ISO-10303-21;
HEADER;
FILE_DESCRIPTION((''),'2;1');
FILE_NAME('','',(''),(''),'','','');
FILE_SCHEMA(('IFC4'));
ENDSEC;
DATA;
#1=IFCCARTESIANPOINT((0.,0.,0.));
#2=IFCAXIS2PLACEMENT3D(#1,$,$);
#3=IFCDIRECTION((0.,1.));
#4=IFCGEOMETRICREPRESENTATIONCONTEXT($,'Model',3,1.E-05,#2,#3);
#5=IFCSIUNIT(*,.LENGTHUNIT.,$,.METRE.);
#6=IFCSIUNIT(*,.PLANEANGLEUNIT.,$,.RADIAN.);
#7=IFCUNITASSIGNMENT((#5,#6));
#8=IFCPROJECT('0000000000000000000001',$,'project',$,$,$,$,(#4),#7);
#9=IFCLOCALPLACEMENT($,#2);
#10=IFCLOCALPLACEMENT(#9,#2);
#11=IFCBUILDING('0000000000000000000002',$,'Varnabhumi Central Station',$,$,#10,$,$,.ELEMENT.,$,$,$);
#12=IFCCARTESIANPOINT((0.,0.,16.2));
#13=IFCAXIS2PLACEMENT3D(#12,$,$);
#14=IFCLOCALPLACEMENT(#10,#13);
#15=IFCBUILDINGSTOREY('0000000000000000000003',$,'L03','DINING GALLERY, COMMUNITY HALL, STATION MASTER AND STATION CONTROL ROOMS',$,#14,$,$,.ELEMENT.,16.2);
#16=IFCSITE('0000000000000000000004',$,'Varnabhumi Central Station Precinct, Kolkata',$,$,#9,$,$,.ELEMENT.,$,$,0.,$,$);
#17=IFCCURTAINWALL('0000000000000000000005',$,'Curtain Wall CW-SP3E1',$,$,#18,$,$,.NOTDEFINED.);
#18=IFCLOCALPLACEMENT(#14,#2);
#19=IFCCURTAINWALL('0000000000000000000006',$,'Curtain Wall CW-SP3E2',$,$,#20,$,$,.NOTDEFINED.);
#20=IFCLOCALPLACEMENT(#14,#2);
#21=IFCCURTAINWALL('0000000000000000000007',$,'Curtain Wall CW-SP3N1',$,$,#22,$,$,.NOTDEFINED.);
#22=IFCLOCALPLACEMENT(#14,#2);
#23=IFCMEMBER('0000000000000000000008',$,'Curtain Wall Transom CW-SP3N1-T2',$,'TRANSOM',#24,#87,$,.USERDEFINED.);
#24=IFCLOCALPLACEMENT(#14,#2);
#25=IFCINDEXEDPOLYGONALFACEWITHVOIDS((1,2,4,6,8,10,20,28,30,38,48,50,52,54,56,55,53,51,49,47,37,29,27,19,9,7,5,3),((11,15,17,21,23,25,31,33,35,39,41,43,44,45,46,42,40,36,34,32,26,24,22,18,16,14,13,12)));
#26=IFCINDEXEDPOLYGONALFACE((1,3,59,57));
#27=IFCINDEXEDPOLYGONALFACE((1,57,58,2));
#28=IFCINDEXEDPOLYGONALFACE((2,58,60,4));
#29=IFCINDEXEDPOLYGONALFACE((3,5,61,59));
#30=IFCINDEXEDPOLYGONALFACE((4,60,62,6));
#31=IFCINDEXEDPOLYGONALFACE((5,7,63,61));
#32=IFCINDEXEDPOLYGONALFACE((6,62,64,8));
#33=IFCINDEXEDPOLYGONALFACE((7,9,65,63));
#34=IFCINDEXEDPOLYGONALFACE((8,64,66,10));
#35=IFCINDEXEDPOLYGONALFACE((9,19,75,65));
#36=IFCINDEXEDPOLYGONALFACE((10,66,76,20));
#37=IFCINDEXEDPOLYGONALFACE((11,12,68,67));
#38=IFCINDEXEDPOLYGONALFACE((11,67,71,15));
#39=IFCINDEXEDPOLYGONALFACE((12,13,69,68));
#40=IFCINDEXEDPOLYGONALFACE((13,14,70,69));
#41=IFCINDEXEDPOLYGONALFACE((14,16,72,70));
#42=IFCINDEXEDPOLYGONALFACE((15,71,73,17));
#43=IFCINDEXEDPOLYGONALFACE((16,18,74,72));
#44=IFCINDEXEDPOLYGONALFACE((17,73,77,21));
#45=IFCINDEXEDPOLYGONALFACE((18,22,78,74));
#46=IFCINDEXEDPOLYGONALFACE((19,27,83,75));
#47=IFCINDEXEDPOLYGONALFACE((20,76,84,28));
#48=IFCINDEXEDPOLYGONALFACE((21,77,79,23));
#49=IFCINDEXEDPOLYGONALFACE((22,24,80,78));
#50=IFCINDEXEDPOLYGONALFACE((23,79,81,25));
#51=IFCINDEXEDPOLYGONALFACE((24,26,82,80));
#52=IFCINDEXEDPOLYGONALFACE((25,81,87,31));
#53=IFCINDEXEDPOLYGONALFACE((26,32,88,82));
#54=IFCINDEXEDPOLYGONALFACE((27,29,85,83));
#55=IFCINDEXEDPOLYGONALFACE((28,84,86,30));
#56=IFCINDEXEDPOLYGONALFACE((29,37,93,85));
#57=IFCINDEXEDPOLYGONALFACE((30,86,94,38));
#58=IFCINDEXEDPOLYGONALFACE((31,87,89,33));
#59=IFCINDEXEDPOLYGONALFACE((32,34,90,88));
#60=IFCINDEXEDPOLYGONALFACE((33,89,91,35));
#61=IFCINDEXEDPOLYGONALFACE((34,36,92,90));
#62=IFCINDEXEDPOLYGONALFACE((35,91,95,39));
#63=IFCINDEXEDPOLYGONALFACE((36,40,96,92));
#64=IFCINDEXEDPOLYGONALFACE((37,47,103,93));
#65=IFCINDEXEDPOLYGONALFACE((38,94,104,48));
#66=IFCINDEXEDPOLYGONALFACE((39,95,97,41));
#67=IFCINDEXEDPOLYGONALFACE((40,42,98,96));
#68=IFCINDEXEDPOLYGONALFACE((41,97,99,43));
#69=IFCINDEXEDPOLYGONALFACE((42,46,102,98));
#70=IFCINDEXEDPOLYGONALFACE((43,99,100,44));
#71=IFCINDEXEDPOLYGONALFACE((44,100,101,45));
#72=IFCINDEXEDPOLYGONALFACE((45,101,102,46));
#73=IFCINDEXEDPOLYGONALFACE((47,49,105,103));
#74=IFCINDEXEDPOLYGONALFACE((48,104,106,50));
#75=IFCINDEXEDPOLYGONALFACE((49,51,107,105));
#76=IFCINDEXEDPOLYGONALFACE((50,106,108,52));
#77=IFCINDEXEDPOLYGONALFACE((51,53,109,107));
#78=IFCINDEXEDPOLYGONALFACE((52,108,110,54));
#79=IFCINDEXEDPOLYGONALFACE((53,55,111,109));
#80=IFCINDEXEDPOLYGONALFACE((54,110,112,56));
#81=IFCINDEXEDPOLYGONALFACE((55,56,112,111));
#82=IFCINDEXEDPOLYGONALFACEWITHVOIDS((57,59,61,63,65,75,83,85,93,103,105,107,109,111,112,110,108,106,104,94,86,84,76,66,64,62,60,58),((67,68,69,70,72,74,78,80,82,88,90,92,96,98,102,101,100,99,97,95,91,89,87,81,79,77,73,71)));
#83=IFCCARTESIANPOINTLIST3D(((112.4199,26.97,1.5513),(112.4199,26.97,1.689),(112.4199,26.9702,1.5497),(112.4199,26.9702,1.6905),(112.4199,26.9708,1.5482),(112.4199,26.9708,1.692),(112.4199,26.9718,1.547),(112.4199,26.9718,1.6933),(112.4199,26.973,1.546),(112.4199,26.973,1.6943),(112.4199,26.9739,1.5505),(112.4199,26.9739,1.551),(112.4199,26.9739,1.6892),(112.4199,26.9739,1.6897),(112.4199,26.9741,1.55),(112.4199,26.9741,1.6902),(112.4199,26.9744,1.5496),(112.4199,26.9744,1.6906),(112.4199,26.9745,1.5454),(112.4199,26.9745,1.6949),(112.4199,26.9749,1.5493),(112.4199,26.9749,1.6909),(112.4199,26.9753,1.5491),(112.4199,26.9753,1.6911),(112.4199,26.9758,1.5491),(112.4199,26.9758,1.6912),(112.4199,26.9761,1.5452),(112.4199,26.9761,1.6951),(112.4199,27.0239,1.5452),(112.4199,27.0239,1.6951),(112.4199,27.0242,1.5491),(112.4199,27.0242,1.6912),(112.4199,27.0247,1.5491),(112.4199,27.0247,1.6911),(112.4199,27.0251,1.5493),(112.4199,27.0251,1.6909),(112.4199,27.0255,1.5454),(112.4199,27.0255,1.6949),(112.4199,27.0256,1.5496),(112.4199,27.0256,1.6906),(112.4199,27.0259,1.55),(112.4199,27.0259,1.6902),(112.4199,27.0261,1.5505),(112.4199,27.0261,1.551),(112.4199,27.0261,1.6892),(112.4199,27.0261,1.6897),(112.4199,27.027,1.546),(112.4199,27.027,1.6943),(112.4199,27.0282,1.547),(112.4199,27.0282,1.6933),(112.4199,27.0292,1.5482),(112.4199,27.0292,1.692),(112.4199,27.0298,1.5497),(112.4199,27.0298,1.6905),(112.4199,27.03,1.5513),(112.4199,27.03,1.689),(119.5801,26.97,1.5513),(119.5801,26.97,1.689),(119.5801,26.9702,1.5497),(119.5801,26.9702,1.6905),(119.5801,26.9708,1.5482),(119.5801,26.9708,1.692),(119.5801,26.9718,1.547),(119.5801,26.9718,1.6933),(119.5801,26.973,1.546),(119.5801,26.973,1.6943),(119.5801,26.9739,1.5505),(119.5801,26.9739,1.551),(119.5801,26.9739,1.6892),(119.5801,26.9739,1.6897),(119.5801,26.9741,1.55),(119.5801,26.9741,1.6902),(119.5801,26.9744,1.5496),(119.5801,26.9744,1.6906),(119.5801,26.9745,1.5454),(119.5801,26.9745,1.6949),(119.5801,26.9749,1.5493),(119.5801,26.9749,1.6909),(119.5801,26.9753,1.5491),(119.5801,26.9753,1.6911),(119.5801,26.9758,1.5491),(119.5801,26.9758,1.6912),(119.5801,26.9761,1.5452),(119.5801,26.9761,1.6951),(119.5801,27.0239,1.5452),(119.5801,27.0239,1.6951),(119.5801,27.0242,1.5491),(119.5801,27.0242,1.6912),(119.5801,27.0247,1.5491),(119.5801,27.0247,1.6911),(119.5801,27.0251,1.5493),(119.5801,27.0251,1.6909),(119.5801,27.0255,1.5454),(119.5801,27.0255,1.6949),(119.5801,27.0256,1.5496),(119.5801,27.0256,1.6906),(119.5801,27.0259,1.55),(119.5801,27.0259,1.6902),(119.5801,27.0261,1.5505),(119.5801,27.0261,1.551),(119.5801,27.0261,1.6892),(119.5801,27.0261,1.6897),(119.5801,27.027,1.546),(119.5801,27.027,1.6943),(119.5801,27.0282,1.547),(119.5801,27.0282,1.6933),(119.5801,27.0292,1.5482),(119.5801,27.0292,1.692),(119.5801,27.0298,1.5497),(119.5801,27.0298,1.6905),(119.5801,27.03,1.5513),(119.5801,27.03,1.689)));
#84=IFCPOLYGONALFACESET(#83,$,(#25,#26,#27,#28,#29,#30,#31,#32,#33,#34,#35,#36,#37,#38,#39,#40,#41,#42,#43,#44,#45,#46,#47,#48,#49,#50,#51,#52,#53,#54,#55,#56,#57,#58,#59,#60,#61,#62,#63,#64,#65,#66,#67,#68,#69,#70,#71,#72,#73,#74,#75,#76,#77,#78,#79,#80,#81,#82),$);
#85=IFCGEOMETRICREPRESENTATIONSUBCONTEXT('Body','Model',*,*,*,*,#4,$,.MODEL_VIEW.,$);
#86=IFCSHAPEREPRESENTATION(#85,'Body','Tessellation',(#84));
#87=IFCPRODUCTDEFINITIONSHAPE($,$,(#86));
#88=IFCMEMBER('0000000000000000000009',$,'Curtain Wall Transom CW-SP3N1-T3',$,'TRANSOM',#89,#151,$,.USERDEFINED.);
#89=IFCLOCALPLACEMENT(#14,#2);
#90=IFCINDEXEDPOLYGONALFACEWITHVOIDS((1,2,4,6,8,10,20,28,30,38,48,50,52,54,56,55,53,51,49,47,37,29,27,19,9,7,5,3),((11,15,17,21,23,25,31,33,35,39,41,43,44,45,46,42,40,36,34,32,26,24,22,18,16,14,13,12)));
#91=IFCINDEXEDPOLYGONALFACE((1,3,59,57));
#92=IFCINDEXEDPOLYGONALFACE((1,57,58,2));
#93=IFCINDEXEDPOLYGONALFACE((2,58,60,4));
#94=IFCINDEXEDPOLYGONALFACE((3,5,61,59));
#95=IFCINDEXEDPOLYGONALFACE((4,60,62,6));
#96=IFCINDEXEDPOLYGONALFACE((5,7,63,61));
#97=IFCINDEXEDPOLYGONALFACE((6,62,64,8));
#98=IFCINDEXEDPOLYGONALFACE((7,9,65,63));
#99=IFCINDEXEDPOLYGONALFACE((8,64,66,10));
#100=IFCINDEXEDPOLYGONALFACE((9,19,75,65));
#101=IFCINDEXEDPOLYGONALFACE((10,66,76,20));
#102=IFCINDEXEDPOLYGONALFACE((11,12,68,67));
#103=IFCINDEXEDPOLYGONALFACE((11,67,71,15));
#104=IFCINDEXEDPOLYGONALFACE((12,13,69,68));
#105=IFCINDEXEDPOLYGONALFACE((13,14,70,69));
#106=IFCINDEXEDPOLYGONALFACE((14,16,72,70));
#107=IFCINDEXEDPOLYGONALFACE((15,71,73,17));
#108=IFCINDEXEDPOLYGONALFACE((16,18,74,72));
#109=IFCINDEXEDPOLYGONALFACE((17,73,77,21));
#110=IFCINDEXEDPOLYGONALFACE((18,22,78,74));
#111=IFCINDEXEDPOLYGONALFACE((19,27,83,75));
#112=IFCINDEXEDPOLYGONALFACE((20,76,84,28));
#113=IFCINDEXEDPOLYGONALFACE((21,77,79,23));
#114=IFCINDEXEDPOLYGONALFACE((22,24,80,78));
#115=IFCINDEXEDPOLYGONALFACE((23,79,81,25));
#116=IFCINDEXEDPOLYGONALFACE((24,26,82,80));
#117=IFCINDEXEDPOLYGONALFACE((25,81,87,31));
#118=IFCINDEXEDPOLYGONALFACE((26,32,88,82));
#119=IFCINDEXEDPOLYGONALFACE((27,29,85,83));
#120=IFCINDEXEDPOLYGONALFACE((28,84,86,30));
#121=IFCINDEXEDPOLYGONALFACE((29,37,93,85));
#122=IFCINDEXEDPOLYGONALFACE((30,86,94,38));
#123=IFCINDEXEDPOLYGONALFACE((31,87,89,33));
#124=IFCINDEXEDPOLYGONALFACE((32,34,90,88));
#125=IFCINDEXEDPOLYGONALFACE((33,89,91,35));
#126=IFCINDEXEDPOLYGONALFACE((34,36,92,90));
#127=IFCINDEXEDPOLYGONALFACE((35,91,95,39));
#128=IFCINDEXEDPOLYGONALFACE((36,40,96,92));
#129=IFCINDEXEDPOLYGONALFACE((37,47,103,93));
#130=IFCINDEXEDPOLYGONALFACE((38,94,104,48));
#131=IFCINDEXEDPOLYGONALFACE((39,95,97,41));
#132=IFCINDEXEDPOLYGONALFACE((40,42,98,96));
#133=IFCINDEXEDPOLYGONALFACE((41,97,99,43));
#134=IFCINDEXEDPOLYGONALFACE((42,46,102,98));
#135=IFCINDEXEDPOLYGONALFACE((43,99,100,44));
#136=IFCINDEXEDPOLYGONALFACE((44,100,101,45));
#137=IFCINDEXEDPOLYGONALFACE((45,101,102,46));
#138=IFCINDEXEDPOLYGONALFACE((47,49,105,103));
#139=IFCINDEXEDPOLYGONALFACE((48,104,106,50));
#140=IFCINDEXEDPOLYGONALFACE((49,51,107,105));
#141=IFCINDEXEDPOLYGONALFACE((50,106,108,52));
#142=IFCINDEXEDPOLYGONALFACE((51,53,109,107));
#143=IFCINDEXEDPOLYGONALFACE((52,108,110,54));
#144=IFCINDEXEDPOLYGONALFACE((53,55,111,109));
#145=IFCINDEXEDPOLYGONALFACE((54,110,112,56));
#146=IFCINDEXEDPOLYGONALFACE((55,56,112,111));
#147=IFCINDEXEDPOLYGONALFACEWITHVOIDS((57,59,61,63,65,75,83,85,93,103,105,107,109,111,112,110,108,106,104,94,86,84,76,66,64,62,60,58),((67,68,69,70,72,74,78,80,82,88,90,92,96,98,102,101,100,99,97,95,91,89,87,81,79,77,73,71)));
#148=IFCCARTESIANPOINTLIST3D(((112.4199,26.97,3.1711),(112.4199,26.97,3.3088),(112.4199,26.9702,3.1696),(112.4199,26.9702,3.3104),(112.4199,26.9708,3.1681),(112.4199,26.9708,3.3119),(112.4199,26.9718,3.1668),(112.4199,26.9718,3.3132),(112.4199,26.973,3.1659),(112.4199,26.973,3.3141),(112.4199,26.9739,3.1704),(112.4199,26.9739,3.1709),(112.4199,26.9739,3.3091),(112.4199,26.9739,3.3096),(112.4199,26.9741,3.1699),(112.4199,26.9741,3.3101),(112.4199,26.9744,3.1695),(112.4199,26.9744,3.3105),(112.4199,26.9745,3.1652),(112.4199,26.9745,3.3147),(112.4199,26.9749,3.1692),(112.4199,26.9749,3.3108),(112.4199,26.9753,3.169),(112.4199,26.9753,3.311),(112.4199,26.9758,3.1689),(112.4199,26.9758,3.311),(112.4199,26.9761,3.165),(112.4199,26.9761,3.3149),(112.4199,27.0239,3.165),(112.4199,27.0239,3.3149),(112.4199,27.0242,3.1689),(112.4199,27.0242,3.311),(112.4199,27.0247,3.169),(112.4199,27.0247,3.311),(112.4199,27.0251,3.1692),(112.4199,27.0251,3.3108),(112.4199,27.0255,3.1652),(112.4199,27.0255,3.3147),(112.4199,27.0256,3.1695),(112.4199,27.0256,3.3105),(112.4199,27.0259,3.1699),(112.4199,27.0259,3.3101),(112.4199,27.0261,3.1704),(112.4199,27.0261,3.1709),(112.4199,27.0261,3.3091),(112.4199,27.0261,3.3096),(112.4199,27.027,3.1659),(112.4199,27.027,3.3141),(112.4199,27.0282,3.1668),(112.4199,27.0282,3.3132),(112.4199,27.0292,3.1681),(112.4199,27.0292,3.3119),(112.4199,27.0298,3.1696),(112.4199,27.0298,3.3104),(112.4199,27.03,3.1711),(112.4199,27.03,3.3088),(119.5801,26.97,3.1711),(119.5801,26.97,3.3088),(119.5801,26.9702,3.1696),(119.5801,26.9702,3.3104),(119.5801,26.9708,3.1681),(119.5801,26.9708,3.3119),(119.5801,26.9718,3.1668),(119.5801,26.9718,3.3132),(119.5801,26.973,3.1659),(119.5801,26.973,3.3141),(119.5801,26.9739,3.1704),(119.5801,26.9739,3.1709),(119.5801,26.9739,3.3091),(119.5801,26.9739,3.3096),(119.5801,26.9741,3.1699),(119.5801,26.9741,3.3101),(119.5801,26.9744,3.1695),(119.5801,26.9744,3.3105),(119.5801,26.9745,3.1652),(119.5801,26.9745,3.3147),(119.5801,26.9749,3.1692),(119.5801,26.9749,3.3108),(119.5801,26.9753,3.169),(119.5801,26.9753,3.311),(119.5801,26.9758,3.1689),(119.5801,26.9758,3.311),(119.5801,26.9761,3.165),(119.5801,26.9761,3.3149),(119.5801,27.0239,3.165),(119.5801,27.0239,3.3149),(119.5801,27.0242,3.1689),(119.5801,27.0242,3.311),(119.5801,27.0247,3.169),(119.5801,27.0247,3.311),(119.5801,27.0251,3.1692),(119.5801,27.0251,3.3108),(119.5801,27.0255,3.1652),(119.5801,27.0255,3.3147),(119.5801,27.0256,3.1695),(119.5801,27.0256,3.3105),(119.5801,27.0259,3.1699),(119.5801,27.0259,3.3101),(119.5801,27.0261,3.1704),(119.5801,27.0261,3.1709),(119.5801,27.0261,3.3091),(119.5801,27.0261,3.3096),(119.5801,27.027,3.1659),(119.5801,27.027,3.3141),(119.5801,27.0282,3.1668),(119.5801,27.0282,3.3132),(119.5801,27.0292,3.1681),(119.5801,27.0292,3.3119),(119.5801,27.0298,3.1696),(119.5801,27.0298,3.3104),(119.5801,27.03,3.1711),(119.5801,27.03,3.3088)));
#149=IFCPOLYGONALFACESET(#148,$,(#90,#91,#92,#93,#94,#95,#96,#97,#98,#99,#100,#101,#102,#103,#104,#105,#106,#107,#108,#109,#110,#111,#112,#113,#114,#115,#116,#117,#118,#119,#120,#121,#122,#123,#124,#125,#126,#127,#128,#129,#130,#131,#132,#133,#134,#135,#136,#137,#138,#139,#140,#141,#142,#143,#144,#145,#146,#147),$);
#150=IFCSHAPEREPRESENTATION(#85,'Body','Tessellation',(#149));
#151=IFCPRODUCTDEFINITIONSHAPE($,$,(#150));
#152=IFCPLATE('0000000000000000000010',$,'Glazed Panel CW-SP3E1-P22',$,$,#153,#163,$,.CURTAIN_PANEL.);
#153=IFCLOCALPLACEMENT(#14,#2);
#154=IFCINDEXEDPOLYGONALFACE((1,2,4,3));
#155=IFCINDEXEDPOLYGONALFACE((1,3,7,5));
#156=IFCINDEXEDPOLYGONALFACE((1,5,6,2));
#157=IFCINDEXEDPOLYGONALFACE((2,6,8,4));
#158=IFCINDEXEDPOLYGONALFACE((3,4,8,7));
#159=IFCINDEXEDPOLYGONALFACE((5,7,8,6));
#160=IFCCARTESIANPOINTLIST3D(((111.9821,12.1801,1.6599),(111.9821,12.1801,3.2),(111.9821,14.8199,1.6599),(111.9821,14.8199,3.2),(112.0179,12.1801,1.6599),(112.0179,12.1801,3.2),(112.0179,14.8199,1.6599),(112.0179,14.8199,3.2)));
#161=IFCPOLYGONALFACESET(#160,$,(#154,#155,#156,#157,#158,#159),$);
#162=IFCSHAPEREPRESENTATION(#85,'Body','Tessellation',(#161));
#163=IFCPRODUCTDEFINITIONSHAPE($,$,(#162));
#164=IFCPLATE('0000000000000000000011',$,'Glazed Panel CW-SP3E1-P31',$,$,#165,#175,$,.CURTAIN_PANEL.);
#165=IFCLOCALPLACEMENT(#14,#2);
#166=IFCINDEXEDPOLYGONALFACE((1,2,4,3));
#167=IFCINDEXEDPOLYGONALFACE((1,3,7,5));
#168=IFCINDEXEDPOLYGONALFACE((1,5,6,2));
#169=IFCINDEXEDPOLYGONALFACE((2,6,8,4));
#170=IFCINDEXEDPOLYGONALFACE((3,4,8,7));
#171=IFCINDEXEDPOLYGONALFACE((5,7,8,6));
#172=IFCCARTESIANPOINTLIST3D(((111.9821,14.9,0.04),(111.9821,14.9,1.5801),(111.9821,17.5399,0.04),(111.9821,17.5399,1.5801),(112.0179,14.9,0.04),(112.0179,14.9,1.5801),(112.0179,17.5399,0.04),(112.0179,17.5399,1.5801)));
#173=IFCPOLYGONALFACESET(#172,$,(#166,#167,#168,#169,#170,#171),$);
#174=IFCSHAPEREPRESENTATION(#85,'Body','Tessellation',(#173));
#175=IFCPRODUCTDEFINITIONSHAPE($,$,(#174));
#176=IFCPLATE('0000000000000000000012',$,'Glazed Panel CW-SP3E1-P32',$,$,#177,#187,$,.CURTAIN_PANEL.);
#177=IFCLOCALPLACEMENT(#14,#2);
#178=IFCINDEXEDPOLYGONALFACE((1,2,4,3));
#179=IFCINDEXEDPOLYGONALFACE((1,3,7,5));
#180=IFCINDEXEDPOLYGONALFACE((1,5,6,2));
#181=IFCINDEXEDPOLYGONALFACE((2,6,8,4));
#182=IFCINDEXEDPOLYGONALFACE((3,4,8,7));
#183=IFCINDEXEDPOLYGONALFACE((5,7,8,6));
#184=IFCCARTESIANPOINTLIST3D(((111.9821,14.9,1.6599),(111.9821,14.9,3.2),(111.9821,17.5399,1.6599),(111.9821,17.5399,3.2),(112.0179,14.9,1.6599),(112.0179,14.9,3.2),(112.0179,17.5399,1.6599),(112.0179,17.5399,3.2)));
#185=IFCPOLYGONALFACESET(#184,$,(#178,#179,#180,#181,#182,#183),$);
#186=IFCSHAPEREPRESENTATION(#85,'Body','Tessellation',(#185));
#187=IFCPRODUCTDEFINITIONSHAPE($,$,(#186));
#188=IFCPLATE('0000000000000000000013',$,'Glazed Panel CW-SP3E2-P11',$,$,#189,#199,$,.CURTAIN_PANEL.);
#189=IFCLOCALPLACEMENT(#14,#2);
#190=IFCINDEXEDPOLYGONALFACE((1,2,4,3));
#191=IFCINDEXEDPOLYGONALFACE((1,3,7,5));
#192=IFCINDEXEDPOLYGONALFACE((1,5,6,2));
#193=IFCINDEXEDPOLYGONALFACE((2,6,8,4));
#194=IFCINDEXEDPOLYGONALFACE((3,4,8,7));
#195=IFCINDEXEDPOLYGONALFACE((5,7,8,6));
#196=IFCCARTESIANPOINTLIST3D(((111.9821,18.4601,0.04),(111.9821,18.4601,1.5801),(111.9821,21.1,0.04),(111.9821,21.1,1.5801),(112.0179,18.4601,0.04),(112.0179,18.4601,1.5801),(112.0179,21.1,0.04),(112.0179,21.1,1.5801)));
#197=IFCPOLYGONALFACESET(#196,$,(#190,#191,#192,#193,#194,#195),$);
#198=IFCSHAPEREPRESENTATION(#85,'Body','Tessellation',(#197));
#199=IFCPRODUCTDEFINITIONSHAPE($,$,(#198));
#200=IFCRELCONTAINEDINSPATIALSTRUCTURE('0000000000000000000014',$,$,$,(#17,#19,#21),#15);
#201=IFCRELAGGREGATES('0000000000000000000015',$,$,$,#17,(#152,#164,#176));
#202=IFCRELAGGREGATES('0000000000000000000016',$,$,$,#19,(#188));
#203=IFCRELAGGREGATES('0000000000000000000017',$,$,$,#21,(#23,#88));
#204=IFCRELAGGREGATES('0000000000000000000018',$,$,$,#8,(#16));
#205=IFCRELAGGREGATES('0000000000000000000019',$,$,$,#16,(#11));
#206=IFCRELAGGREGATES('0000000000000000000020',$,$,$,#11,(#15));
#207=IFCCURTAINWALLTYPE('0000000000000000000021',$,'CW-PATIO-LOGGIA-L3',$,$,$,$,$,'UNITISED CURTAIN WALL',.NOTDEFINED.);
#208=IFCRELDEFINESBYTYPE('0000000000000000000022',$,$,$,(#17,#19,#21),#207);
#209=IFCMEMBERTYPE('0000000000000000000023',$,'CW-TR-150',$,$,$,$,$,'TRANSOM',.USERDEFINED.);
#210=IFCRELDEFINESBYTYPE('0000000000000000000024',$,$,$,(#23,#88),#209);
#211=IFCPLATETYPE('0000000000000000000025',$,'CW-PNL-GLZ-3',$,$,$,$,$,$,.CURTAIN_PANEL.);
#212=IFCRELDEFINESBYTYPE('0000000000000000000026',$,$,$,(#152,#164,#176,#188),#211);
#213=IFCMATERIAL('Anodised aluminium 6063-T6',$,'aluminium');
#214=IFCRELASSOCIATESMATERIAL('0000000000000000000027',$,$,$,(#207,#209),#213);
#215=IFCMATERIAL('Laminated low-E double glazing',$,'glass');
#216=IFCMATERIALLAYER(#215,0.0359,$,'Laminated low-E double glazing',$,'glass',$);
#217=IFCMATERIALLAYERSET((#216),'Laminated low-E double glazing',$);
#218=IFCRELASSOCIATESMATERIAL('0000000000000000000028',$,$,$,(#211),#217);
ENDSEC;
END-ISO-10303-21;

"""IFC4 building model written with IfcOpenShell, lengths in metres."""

from ifc_helpers import new_model, si_unit, direction, frame, origin, origin_2d, place, context, subcontext, project, spatial, rectangle, hollow_rectangle, extrude, material, layer, layer_set, material_profile, profile_set, type_object, element, aggregate, save


model = new_model("IFC4")

# Units and contexts
model_context = context("Model", 3, precision=1e-05, world=origin(), true_north=direction((0.0, 1.0)))
body_context = subcontext(model_context, "Body", "Model", "MODEL_VIEW")
ifc_project = project(units=[si_unit("LENGTHUNIT", "METRE"), si_unit("PLANEANGLEUNIT", "RADIAN")], contexts=[model_context])

# Site, building, storey
site_placement = place(None, origin())
site = spatial("IfcSite", under=ifc_project, at=site_placement, Name="Varnabhumi Central Station Precinct, Kolkata", CompositionType="ELEMENT", RefElevation=0.0)
building_placement = place(site_placement, origin())
building = spatial("IfcBuilding", under=site, at=building_placement, Name="Varnabhumi Central Station", CompositionType="ELEMENT")
storey_placement = place(building_placement, frame((0.0, 0.0, 16.2)))
storey = spatial("IfcBuildingStorey", under=building, at=storey_placement, Name="L03", Description="DINING GALLERY, COMMUNITY HALL, STATION MASTER AND STATION CONTROL ROOMS", CompositionType="ELEMENT", Elevation=16.2)

# Curtain walls
ifc_material_1 = material(Name="Anodised aluminium 6063-T6", Category="aluminium")
curtain_wall_type = type_object("IfcCurtainWallType", Name="CW-PATIO-LOGGIA-L3", ElementType="UNITISED CURTAIN WALL", PredefinedType="NOTDEFINED", material=ifc_material_1)
curtain_wall_1_placement = place(storey_placement, origin())
curtain_wall_1 = element("IfcCurtainWall", 1, at=curtain_wall_1_placement, inside=storey, type_object=curtain_wall_type, Name="Curtain Wall CW-SP3E1", PredefinedType="NOTDEFINED")
curtain_wall_2_placement = place(storey_placement, origin())
curtain_wall_2 = element("IfcCurtainWall", 2, at=curtain_wall_2_placement, inside=storey, type_object=curtain_wall_type, Name="Curtain Wall CW-SP3E2", PredefinedType="NOTDEFINED")
curtain_wall_3_placement = place(storey_placement, origin())
curtain_wall_3 = element("IfcCurtainWall", 3, at=curtain_wall_3_placement, inside=storey, type_object=curtain_wall_type, Name="Curtain Wall CW-SP3N1", PredefinedType="NOTDEFINED")

# Members
ifc_material_profile_1 = material_profile(ifc_material_1, hollow_rectangle(XDim=0.0601, YDim=0.1499, WallThickness=0.0039, InnerFilletRadius=0.002, OuterFilletRadius=0.0061, at=origin_2d()), Name="Anodised aluminium 6063-T6", Category="aluminium")
ifc_profile_set_1 = profile_set([ifc_material_profile_1], Name="Anodised aluminium 6063-T6")
member_type_1 = type_object("IfcMemberType", Name="CW-TR-150", ElementType="TRANSOM", PredefinedType="USERDEFINED", material=ifc_profile_set_1)
member_1_placement = place(storey_placement, frame((112.4199, 27.0, 1.6201), z_axis=(1.0, 0.0, 0.0), x_axis=(0.0, 1.0, 0.0)))
member_1 = element("IfcMember", 4, at=member_1_placement, type_object=member_type_1, Name="Curtain Wall Transom CW-SP3N1-T2", ObjectType="TRANSOM", PredefinedType="USERDEFINED", context=body_context, shape_type="SweptSolid", body=[
    extrude(hollow_rectangle(XDim=0.0601, YDim=0.1499, WallThickness=0.0039, InnerFilletRadius=0.002, OuterFilletRadius=0.0061, at=origin_2d()), origin(), (0.0, 0.0, 1.0), 7.1602),
])
member_2_placement = place(storey_placement, frame((112.4199, 27.0, 3.24), z_axis=(1.0, 0.0, 0.0), x_axis=(0.0, 1.0, 0.0)))
member_2 = element("IfcMember", 5, at=member_2_placement, type_object=member_type_1, Name="Curtain Wall Transom CW-SP3N1-T3", ObjectType="TRANSOM", PredefinedType="USERDEFINED", context=body_context, shape_type="SweptSolid", body=[
    extrude(hollow_rectangle(XDim=0.0601, YDim=0.1499, WallThickness=0.0039, InnerFilletRadius=0.002, OuterFilletRadius=0.0061, at=origin_2d()), origin(), (0.0, 0.0, 1.0), 7.1602),
])

# Plates
ifc_material_2 = material(Name="Laminated low-E double glazing", Category="glass")
ifc_layer_1 = layer(ifc_material_2, 0.0359, Name="Laminated low-E double glazing", Category="glass")
ifc_layer_set_1 = layer_set([ifc_layer_1], Name="Laminated low-E double glazing")
plate_type_1 = type_object("IfcPlateType", Name="CW-PNL-GLZ-3", PredefinedType="CURTAIN_PANEL", material=ifc_layer_set_1)
plate_1_placement = place(storey_placement, frame((112.0, 13.5, 1.6599), z_axis=(0.0, 0.0, 1.0), x_axis=(0.0, 1.0, 0.0)))
plate_1 = element("IfcPlate", 6, at=plate_1_placement, type_object=plate_type_1, Name="Glazed Panel CW-SP3E1-P22", PredefinedType="CURTAIN_PANEL", context=body_context, shape_type="SweptSolid", body=[
    extrude(rectangle(XDim=2.6399, YDim=0.0359, at=origin_2d()), origin(), (0.0, 0.0, 1.0), 1.54),
])
plate_2_placement = place(storey_placement, frame((112.0, 16.22, 0.04), z_axis=(0.0, 0.0, 1.0), x_axis=(0.0, 1.0, 0.0)))
plate_2 = element("IfcPlate", 7, at=plate_2_placement, type_object=plate_type_1, Name="Glazed Panel CW-SP3E1-P31", PredefinedType="CURTAIN_PANEL", context=body_context, shape_type="SweptSolid", body=[
    extrude(rectangle(XDim=2.6399, YDim=0.0359, at=origin_2d()), origin(), (0.0, 0.0, 1.0), 1.54),
])
plate_3_placement = place(storey_placement, frame((112.0, 16.22, 1.6599), z_axis=(0.0, 0.0, 1.0), x_axis=(0.0, 1.0, 0.0)))
plate_3 = element("IfcPlate", 8, at=plate_3_placement, type_object=plate_type_1, Name="Glazed Panel CW-SP3E1-P32", PredefinedType="CURTAIN_PANEL", context=body_context, shape_type="SweptSolid", body=[
    extrude(rectangle(XDim=2.6399, YDim=0.0359, at=origin_2d()), origin(), (0.0, 0.0, 1.0), 1.54),
])
aggregate(curtain_wall_1, [plate_1, plate_2, plate_3])
plate_4_placement = place(storey_placement, frame((112.0, 19.78, 0.04), z_axis=(0.0, 0.0, 1.0), x_axis=(0.0, 1.0, 0.0)))
plate_4 = element("IfcPlate", 9, at=plate_4_placement, type_object=plate_type_1, Name="Glazed Panel CW-SP3E2-P11", PredefinedType="CURTAIN_PANEL", context=body_context, shape_type="SweptSolid", body=[
    extrude(rectangle(XDim=2.6399, YDim=0.0359, at=origin_2d()), origin(), (0.0, 0.0, 1.0), 1.54),
])
aggregate(curtain_wall_2, [plate_4])
aggregate(curtain_wall_3, [member_1, member_2])

save(model, "model.ifc")
